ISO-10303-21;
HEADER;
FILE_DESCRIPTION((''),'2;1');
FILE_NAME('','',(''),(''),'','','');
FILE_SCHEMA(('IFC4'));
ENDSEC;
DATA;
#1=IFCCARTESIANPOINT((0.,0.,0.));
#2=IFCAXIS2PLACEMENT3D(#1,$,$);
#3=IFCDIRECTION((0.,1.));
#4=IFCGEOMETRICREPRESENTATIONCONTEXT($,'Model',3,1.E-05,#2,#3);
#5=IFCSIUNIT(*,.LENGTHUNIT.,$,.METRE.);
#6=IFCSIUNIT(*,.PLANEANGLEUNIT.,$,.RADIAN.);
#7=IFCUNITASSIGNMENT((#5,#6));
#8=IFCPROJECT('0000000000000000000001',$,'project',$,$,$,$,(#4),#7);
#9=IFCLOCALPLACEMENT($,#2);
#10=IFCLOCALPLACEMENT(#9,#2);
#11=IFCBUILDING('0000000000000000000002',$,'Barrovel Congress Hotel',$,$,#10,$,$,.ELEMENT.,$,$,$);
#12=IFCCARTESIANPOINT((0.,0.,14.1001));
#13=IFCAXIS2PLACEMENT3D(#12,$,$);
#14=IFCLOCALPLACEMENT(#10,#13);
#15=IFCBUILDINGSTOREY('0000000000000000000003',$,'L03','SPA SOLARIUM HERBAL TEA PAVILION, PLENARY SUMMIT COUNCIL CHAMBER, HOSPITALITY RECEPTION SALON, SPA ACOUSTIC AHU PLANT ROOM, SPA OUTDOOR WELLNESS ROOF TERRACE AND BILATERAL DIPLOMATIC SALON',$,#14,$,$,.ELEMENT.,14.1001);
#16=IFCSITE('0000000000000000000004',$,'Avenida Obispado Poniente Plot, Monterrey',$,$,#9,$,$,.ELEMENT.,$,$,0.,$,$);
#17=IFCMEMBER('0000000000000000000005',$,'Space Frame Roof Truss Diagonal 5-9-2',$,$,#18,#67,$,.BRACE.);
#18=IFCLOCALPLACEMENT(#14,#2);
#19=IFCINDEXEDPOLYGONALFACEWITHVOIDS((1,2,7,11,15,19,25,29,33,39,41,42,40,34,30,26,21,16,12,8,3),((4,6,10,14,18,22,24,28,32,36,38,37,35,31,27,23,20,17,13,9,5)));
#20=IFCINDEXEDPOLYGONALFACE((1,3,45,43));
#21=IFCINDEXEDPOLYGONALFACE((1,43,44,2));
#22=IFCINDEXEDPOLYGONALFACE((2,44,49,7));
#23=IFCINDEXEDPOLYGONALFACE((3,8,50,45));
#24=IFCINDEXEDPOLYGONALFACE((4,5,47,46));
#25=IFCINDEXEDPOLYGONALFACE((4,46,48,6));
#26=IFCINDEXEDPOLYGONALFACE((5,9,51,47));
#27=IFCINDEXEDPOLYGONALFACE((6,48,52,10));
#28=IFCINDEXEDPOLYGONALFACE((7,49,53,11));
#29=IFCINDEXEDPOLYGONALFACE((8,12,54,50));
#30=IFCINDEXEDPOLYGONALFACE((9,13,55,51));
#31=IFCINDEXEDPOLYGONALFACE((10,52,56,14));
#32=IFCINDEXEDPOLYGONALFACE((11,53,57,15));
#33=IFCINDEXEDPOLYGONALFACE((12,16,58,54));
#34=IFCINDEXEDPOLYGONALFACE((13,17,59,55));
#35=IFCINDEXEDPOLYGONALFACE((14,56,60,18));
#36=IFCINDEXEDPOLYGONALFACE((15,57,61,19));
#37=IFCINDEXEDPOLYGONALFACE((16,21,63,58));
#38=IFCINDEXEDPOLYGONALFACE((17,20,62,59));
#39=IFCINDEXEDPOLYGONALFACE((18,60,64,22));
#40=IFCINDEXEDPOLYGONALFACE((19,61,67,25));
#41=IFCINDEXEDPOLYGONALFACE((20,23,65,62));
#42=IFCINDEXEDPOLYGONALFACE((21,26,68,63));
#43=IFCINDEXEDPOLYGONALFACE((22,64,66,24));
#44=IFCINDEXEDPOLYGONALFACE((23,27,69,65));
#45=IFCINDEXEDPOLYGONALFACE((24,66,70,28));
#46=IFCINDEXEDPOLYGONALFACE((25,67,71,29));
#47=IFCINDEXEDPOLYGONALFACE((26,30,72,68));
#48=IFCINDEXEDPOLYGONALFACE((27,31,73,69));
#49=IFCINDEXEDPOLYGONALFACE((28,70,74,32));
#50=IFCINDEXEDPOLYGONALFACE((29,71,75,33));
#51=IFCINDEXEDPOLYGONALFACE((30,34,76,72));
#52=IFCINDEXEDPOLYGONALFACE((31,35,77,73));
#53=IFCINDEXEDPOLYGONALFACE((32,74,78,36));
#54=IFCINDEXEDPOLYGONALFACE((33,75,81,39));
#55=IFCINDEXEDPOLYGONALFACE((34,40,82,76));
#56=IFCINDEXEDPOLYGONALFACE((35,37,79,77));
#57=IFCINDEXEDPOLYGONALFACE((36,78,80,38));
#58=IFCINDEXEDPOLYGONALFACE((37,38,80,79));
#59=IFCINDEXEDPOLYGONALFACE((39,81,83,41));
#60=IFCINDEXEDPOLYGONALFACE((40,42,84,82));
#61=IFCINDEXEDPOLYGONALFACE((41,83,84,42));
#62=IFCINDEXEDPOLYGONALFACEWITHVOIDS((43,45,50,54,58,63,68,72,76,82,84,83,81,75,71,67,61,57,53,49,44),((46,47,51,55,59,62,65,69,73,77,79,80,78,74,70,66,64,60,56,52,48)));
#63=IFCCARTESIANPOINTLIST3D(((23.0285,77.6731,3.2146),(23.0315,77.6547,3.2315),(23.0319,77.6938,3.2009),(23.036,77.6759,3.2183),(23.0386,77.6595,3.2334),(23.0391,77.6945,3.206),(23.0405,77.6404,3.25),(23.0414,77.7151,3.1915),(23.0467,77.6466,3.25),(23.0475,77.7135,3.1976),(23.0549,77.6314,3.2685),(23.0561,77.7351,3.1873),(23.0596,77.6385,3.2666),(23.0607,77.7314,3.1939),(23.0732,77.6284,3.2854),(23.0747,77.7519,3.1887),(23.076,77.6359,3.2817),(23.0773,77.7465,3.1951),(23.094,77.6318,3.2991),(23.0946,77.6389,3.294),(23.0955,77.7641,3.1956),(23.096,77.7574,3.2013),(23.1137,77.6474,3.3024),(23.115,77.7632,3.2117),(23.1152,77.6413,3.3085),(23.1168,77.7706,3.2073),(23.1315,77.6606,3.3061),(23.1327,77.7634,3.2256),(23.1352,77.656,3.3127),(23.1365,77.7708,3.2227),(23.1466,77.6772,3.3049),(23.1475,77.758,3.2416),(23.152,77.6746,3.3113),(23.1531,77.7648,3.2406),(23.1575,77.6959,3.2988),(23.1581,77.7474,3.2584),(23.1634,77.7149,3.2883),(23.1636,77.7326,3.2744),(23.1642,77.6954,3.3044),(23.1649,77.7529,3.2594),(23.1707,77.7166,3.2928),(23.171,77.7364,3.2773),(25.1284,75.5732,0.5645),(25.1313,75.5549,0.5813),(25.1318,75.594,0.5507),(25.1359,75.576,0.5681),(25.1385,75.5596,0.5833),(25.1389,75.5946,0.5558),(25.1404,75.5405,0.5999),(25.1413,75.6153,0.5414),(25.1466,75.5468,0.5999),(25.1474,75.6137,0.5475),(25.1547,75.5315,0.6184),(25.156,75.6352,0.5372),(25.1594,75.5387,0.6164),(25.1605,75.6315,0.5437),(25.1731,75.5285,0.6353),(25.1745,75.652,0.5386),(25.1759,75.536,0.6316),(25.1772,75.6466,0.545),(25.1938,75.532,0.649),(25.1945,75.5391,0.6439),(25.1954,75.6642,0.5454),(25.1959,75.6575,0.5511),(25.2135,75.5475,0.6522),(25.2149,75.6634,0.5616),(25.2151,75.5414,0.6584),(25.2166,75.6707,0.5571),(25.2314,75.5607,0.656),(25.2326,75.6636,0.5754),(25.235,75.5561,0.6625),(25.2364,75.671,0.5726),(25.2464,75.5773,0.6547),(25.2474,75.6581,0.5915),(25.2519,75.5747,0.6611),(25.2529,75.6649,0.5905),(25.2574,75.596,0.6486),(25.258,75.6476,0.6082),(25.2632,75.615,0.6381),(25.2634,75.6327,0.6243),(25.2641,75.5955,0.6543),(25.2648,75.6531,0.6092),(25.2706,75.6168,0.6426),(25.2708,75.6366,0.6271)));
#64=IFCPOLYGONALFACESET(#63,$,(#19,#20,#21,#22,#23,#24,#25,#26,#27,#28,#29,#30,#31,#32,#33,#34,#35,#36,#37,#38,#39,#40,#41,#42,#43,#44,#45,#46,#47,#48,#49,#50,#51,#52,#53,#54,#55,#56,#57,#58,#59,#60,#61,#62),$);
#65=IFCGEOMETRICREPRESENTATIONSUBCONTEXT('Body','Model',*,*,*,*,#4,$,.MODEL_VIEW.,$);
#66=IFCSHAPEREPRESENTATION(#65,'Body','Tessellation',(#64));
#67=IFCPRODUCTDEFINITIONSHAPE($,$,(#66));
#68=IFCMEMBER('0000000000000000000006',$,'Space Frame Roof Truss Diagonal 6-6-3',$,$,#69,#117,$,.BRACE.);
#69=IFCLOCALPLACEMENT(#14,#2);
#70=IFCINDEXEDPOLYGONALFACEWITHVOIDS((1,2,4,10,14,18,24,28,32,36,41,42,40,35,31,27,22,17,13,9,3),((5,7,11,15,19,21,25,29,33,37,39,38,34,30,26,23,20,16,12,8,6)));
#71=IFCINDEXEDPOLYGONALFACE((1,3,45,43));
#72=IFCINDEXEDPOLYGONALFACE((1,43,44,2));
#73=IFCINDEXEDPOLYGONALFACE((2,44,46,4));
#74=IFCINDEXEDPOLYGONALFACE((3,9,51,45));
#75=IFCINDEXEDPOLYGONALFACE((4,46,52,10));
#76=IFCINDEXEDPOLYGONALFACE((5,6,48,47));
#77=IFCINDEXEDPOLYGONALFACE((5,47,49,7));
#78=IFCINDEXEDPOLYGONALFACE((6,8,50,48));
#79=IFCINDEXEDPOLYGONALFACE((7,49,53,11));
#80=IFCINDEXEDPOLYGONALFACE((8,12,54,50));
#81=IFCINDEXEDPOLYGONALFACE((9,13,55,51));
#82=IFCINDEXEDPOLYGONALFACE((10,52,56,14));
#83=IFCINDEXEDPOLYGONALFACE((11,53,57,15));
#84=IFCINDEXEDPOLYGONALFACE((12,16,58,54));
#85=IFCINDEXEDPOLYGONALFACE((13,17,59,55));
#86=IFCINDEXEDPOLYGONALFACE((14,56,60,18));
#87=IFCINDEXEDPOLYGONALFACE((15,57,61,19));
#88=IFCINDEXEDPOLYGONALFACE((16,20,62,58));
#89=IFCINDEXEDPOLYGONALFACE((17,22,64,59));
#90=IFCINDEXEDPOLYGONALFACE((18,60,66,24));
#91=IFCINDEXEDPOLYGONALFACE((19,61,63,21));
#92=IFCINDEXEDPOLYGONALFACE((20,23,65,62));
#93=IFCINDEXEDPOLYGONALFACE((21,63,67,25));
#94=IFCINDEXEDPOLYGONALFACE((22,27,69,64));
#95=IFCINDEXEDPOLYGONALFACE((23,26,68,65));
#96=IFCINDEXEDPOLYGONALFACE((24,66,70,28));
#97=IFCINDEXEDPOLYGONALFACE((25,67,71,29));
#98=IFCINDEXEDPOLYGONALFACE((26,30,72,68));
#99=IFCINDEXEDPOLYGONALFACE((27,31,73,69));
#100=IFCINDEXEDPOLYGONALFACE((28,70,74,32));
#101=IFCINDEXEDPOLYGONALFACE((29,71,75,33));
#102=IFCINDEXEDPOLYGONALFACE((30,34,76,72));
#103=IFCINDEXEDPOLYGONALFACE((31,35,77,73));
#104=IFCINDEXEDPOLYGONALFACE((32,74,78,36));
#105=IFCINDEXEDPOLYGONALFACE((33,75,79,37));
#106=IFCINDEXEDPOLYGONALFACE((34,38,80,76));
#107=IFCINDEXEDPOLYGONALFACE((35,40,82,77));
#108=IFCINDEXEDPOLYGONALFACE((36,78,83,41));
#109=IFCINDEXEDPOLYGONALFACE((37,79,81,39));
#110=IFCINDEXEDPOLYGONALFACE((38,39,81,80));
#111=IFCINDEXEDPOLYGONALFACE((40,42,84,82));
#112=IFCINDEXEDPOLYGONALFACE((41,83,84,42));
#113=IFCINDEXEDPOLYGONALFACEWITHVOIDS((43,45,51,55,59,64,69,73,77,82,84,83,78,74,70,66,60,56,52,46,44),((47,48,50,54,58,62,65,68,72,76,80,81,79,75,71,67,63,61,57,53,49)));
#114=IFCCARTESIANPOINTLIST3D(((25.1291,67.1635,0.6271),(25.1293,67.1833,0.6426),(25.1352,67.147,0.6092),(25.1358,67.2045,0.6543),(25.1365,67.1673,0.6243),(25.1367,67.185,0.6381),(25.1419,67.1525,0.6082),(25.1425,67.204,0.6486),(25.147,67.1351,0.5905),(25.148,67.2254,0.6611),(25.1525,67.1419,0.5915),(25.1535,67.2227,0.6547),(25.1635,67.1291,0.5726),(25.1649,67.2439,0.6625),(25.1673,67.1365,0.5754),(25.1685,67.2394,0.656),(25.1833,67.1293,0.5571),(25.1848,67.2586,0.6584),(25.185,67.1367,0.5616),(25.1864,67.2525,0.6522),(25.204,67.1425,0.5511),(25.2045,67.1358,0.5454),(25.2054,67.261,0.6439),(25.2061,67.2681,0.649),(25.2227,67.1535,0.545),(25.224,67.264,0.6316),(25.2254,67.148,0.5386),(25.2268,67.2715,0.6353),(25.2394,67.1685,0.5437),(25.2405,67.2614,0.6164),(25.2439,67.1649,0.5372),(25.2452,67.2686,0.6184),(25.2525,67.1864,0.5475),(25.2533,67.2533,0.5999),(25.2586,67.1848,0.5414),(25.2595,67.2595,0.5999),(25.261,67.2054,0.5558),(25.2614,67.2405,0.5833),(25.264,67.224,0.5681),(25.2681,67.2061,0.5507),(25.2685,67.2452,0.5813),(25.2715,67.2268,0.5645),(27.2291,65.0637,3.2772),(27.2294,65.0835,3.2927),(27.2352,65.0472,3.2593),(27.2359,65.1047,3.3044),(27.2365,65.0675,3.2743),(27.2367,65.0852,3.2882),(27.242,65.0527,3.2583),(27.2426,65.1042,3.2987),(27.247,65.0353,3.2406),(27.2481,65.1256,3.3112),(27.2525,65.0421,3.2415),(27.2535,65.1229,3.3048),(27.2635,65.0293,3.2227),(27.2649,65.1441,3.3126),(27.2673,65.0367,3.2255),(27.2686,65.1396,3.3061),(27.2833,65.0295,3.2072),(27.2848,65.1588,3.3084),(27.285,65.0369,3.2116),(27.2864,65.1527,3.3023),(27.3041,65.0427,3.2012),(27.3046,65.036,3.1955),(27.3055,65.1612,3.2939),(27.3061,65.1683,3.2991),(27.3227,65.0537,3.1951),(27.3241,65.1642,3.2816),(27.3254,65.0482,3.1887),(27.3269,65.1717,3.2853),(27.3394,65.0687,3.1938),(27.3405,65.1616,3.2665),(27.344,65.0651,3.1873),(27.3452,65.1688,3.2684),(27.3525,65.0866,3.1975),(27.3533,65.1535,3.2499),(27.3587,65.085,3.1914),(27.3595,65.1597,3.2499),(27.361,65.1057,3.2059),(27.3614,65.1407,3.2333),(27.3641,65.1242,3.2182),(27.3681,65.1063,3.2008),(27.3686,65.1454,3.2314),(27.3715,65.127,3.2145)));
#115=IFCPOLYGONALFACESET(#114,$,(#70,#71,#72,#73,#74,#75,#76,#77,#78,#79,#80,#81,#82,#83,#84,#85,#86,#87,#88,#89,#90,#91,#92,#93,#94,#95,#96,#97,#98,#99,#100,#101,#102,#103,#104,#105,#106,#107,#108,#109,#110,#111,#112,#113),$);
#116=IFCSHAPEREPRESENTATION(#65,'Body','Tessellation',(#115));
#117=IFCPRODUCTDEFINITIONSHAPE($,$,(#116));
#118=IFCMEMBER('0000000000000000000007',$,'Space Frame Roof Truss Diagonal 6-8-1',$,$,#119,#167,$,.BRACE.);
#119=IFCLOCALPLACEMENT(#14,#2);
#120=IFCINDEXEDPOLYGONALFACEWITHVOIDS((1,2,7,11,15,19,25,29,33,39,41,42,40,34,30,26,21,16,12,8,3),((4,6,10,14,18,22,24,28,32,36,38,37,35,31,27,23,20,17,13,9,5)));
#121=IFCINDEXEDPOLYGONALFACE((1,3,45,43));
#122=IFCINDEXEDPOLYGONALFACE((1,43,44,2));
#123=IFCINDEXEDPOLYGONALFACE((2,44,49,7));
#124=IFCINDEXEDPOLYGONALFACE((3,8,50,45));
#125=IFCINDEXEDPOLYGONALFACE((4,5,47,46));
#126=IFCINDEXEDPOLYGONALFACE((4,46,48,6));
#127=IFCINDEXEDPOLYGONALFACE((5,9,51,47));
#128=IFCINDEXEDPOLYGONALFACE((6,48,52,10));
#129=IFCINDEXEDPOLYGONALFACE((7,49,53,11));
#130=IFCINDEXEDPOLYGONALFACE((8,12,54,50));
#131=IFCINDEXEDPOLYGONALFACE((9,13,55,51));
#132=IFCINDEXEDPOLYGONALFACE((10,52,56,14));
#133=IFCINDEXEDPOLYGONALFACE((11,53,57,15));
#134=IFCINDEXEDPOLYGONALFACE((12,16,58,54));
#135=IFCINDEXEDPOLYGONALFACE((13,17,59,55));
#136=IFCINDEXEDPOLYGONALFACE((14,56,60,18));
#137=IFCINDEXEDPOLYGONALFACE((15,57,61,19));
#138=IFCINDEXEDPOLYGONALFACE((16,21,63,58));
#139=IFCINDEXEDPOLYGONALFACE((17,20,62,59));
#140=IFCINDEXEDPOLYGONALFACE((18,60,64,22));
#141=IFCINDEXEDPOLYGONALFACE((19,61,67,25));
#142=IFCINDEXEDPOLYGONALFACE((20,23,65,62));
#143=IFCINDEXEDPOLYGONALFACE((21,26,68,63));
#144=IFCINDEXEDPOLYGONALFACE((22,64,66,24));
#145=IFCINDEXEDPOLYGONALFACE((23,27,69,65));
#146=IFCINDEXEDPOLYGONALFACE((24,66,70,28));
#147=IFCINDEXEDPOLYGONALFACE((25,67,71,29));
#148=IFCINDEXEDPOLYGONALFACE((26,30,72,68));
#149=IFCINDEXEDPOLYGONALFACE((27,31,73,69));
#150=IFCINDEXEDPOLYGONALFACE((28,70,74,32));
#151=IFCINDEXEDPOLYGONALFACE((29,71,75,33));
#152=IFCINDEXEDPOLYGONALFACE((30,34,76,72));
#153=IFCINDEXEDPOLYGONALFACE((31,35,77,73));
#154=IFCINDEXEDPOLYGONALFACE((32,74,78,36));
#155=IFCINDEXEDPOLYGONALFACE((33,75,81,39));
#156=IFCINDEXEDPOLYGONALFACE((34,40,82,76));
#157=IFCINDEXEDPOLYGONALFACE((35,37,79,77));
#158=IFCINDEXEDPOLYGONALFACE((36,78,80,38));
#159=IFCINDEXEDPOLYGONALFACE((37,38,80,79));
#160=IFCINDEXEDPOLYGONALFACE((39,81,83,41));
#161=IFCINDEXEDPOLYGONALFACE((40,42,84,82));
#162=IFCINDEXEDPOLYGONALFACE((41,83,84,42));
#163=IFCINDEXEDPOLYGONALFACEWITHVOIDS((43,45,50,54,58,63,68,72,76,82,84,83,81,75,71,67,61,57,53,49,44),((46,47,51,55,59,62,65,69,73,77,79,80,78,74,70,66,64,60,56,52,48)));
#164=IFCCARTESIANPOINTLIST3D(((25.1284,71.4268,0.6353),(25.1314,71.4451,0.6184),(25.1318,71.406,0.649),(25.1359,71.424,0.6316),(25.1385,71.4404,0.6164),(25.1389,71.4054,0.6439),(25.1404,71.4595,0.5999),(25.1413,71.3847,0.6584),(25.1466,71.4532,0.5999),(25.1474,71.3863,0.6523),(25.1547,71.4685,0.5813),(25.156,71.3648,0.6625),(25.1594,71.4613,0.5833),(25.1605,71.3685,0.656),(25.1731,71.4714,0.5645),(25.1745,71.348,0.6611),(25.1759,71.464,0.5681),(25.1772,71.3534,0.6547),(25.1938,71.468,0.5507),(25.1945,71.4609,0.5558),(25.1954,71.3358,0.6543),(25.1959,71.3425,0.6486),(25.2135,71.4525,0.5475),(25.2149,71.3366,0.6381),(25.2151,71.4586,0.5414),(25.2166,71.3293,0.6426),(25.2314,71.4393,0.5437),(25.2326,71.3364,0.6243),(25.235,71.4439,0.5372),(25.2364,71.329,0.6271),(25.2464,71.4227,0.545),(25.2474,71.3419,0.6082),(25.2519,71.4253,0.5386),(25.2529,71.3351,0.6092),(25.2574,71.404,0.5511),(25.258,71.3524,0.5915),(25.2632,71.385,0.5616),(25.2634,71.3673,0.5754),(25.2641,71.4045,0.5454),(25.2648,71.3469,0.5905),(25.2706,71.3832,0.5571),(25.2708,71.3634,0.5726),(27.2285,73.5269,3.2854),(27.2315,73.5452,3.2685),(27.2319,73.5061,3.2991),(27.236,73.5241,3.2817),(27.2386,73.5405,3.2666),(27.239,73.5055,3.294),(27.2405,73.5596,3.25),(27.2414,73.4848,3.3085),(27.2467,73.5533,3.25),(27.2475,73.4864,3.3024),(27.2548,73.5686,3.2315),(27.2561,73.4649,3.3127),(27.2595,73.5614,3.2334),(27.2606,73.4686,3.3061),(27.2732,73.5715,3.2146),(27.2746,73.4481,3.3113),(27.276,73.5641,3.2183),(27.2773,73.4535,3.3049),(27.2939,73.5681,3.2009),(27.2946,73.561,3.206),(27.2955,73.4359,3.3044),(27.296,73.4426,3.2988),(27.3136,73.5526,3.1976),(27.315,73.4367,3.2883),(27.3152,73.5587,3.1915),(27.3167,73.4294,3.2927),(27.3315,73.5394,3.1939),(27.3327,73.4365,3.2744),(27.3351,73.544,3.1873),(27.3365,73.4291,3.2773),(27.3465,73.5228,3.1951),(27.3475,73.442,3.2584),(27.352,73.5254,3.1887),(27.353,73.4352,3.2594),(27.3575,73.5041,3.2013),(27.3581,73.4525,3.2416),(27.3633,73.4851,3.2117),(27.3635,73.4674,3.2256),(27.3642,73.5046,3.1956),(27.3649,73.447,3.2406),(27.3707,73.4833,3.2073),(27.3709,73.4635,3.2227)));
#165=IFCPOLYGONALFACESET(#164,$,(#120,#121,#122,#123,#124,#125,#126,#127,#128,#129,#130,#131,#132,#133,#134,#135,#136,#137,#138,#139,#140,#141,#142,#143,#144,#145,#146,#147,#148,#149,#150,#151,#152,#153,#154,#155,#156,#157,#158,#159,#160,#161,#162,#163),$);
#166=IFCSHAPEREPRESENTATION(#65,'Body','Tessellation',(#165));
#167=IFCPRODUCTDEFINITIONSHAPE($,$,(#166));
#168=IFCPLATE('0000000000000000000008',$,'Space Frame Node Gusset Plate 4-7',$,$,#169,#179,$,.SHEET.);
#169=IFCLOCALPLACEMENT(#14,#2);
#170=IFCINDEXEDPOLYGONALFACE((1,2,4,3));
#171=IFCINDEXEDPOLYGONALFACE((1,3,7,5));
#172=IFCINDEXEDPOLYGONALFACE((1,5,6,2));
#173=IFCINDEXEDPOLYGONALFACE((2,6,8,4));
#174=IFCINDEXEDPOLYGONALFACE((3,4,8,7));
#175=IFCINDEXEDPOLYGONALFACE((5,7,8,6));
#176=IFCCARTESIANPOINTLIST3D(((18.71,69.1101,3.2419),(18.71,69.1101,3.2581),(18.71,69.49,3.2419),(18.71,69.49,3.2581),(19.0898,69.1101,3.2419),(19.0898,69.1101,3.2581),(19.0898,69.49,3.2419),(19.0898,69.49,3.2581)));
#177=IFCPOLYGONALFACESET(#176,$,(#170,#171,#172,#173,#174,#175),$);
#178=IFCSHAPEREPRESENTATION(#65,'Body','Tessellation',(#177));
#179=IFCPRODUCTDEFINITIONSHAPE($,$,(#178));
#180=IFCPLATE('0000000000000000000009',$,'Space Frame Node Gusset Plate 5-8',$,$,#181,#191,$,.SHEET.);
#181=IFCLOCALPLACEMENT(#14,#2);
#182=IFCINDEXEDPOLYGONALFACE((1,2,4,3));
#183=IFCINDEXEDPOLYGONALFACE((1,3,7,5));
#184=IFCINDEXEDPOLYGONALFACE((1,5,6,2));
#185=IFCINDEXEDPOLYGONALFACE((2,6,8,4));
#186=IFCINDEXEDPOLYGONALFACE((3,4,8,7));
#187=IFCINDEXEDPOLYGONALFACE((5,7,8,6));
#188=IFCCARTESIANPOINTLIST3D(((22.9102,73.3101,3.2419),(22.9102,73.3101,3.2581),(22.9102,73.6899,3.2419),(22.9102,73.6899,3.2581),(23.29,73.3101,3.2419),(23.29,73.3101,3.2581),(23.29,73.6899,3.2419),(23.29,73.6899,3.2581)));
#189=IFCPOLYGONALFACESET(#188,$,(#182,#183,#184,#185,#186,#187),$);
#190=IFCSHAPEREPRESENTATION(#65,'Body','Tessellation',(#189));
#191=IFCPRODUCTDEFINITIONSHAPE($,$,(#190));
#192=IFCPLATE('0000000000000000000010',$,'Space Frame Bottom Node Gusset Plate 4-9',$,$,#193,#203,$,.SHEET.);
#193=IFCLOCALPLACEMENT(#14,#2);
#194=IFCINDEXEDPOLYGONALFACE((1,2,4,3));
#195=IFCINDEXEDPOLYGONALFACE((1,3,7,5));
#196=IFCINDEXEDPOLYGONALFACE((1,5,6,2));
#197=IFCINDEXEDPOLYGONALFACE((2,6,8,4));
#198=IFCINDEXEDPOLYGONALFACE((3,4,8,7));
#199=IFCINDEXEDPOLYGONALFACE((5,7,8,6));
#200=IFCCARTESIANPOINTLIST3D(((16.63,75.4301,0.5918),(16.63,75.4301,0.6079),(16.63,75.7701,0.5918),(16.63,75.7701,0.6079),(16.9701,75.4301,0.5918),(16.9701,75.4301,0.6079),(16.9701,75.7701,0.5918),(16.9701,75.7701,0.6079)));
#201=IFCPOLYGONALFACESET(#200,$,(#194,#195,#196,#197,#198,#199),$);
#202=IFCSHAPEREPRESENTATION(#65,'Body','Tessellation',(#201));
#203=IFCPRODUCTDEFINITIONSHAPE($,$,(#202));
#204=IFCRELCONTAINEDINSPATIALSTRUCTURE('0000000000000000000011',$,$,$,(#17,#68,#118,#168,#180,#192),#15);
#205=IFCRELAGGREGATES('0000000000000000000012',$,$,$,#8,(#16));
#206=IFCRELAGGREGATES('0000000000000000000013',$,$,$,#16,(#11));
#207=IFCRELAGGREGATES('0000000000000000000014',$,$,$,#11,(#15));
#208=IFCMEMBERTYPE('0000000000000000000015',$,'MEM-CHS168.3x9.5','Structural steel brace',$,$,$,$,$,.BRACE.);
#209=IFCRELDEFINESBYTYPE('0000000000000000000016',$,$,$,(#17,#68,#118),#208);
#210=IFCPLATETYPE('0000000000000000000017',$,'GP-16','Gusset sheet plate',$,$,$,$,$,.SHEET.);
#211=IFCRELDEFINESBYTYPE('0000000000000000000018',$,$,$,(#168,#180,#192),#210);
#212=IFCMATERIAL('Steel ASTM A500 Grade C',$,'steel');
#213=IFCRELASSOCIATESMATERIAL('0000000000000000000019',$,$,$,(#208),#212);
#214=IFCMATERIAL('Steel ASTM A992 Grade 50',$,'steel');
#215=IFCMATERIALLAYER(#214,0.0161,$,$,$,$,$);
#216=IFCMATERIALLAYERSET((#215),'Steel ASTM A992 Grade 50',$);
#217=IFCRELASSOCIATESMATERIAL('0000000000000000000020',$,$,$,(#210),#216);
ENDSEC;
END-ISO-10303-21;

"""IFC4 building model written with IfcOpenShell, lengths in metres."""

from ifc_helpers import new_model, si_unit, direction, frame, origin, origin_2d, place, context, subcontext, project, spatial, rectangle, hollow_circle, extrude, material, layer, layer_set, material_profile, profile_set, type_object, element, save


model = new_model("IFC4")

# Units and contexts
model_context = context("Model", 3, precision=1e-05, world=origin(), true_north=direction((0.0, 1.0)))
body_context = subcontext(model_context, "Body", "Model", "MODEL_VIEW")
ifc_project = project(units=[si_unit("LENGTHUNIT", "METRE"), si_unit("PLANEANGLEUNIT", "RADIAN")], contexts=[model_context])

# Site, building, storey
site_placement = place(None, origin())
site = spatial("IfcSite", under=ifc_project, at=site_placement, Name="Avenida Obispado Poniente Plot, Monterrey", CompositionType="ELEMENT", RefElevation=0.0)
building_placement = place(site_placement, origin())
building = spatial("IfcBuilding", under=site, at=building_placement, Name="Barrovel Congress Hotel", CompositionType="ELEMENT")
storey_placement = place(building_placement, frame((0.0, 0.0, 14.1001)))
storey = spatial("IfcBuildingStorey", under=building, at=storey_placement, Name="L03", Description="SPA SOLARIUM HERBAL TEA PAVILION, PLENARY SUMMIT COUNCIL CHAMBER, HOSPITALITY RECEPTION SALON, SPA ACOUSTIC AHU PLANT ROOM, SPA OUTDOOR WELLNESS ROOF TERRACE AND BILATERAL DIPLOMATIC SALON", CompositionType="ELEMENT", Elevation=14.1001)

# Members
ifc_material_1 = material(Name="Steel ASTM A500 Grade C", Category="steel")
ifc_material_profile_1 = material_profile(ifc_material_1, hollow_circle(Radius=0.0842, WallThickness=0.0088, at=origin_2d()), Name="CHS168.3x9.5")
ifc_profile_set_1 = profile_set([ifc_material_profile_1], Name="Steel ASTM A500 Grade C")
member_type_1 = type_object("IfcMemberType", Name="MEM-CHS168.3x9.5", Description="Structural steel brace", PredefinedType="BRACE", material=ifc_profile_set_1)
for number, where, z_axis, x_axis, name in (
    (1, (25.2, 75.6001, 0.5999), (-0.527574, 0.527574, 0.665831), (-0.707107, -0.707107, 0.0), "Space Frame Roof Truss Diagonal 5-9-2"),
    (2, (25.2, 67.2, 0.5999), (0.527618, -0.527557, 0.66581), (0.707066, 0.707148, 0.0), "Space Frame Roof Truss Diagonal 6-6-3"),
):
    element("IfcMember", number, at=place(storey_placement, frame(where, z_axis=z_axis, x_axis=x_axis)), inside=storey, type_object=member_type_1, Name=name, PredefinedType="BRACE", context=body_context, shape_type="SweptSolid", body=[
        extrude(hollow_circle(Radius=0.0842, WallThickness=0.0088, at=origin_2d()), origin(), (0.0, 0.0, 1.0), 3.9802),
    ])
member_1_placement = place(storey_placement, frame((25.2, 71.3999, 0.5999), z_axis=(0.527601, 0.527601, 0.665788), x_axis=(-0.707107, 0.707107, 0.0)))
element("IfcMember", 3, at=member_1_placement, inside=storey, type_object=member_type_1, Name="Space Frame Roof Truss Diagonal 6-8-1", PredefinedType="BRACE", context=body_context, shape_type="SweptSolid", body=[
    extrude(hollow_circle(Radius=0.0842, WallThickness=0.0088, at=origin_2d()), origin(), (0.0, 0.0, 1.0), 3.9805),
])

# Plates
ifc_material_2 = material(Name="Steel ASTM A992 Grade 50", Category="steel")
ifc_layer_1 = layer(ifc_material_2, 0.0161)
ifc_layer_set_1 = layer_set([ifc_layer_1], Name="Steel ASTM A992 Grade 50")
plate_type_1 = type_object("IfcPlateType", Name="GP-16", Description="Gusset sheet plate", PredefinedType="SHEET", material=ifc_layer_set_1)
for number, where, z_axis, x_axis, name in (
    (4, (18.8999, 69.3, 3.2419), (0.0, 0.0, 1.0), (1.0, 0.0, 0.0), "Space Frame Node Gusset Plate 4-7"),
    (5, (23.1001, 73.5, 3.2419), (0.0, 0.0, 1.0), (1.0, 0.0, 0.0), "Space Frame Node Gusset Plate 5-8"),
):
    element("IfcPlate", number, at=place(storey_placement, frame(where, z_axis=z_axis, x_axis=x_axis)), inside=storey, type_object=plate_type_1, Name=name, PredefinedType="SHEET", context=body_context, shape_type="SweptSolid", body=[
        extrude(rectangle(XDim=0.3799, YDim=0.3799, at=origin_2d()), origin(), (0.0, 0.0, 1.0), 0.0161),
    ])
for number, where, z_axis, x_axis, name in (
    (6, (16.8, 75.6001, 0.5918), (0.0, 0.0, 1.0), (1.0, 0.0, 0.0), "Space Frame Bottom Node Gusset Plate 4-9"),
):
    element("IfcPlate", number, at=place(storey_placement, frame(where, z_axis=z_axis, x_axis=x_axis)), inside=storey, type_object=plate_type_1, Name=name, PredefinedType="SHEET", context=body_context, shape_type="SweptSolid", body=[
        extrude(rectangle(XDim=0.3401, YDim=0.3401, at=origin_2d()), origin(), (0.0, 0.0, 1.0), 0.0161),
    ])

save(model, "model.ifc")
